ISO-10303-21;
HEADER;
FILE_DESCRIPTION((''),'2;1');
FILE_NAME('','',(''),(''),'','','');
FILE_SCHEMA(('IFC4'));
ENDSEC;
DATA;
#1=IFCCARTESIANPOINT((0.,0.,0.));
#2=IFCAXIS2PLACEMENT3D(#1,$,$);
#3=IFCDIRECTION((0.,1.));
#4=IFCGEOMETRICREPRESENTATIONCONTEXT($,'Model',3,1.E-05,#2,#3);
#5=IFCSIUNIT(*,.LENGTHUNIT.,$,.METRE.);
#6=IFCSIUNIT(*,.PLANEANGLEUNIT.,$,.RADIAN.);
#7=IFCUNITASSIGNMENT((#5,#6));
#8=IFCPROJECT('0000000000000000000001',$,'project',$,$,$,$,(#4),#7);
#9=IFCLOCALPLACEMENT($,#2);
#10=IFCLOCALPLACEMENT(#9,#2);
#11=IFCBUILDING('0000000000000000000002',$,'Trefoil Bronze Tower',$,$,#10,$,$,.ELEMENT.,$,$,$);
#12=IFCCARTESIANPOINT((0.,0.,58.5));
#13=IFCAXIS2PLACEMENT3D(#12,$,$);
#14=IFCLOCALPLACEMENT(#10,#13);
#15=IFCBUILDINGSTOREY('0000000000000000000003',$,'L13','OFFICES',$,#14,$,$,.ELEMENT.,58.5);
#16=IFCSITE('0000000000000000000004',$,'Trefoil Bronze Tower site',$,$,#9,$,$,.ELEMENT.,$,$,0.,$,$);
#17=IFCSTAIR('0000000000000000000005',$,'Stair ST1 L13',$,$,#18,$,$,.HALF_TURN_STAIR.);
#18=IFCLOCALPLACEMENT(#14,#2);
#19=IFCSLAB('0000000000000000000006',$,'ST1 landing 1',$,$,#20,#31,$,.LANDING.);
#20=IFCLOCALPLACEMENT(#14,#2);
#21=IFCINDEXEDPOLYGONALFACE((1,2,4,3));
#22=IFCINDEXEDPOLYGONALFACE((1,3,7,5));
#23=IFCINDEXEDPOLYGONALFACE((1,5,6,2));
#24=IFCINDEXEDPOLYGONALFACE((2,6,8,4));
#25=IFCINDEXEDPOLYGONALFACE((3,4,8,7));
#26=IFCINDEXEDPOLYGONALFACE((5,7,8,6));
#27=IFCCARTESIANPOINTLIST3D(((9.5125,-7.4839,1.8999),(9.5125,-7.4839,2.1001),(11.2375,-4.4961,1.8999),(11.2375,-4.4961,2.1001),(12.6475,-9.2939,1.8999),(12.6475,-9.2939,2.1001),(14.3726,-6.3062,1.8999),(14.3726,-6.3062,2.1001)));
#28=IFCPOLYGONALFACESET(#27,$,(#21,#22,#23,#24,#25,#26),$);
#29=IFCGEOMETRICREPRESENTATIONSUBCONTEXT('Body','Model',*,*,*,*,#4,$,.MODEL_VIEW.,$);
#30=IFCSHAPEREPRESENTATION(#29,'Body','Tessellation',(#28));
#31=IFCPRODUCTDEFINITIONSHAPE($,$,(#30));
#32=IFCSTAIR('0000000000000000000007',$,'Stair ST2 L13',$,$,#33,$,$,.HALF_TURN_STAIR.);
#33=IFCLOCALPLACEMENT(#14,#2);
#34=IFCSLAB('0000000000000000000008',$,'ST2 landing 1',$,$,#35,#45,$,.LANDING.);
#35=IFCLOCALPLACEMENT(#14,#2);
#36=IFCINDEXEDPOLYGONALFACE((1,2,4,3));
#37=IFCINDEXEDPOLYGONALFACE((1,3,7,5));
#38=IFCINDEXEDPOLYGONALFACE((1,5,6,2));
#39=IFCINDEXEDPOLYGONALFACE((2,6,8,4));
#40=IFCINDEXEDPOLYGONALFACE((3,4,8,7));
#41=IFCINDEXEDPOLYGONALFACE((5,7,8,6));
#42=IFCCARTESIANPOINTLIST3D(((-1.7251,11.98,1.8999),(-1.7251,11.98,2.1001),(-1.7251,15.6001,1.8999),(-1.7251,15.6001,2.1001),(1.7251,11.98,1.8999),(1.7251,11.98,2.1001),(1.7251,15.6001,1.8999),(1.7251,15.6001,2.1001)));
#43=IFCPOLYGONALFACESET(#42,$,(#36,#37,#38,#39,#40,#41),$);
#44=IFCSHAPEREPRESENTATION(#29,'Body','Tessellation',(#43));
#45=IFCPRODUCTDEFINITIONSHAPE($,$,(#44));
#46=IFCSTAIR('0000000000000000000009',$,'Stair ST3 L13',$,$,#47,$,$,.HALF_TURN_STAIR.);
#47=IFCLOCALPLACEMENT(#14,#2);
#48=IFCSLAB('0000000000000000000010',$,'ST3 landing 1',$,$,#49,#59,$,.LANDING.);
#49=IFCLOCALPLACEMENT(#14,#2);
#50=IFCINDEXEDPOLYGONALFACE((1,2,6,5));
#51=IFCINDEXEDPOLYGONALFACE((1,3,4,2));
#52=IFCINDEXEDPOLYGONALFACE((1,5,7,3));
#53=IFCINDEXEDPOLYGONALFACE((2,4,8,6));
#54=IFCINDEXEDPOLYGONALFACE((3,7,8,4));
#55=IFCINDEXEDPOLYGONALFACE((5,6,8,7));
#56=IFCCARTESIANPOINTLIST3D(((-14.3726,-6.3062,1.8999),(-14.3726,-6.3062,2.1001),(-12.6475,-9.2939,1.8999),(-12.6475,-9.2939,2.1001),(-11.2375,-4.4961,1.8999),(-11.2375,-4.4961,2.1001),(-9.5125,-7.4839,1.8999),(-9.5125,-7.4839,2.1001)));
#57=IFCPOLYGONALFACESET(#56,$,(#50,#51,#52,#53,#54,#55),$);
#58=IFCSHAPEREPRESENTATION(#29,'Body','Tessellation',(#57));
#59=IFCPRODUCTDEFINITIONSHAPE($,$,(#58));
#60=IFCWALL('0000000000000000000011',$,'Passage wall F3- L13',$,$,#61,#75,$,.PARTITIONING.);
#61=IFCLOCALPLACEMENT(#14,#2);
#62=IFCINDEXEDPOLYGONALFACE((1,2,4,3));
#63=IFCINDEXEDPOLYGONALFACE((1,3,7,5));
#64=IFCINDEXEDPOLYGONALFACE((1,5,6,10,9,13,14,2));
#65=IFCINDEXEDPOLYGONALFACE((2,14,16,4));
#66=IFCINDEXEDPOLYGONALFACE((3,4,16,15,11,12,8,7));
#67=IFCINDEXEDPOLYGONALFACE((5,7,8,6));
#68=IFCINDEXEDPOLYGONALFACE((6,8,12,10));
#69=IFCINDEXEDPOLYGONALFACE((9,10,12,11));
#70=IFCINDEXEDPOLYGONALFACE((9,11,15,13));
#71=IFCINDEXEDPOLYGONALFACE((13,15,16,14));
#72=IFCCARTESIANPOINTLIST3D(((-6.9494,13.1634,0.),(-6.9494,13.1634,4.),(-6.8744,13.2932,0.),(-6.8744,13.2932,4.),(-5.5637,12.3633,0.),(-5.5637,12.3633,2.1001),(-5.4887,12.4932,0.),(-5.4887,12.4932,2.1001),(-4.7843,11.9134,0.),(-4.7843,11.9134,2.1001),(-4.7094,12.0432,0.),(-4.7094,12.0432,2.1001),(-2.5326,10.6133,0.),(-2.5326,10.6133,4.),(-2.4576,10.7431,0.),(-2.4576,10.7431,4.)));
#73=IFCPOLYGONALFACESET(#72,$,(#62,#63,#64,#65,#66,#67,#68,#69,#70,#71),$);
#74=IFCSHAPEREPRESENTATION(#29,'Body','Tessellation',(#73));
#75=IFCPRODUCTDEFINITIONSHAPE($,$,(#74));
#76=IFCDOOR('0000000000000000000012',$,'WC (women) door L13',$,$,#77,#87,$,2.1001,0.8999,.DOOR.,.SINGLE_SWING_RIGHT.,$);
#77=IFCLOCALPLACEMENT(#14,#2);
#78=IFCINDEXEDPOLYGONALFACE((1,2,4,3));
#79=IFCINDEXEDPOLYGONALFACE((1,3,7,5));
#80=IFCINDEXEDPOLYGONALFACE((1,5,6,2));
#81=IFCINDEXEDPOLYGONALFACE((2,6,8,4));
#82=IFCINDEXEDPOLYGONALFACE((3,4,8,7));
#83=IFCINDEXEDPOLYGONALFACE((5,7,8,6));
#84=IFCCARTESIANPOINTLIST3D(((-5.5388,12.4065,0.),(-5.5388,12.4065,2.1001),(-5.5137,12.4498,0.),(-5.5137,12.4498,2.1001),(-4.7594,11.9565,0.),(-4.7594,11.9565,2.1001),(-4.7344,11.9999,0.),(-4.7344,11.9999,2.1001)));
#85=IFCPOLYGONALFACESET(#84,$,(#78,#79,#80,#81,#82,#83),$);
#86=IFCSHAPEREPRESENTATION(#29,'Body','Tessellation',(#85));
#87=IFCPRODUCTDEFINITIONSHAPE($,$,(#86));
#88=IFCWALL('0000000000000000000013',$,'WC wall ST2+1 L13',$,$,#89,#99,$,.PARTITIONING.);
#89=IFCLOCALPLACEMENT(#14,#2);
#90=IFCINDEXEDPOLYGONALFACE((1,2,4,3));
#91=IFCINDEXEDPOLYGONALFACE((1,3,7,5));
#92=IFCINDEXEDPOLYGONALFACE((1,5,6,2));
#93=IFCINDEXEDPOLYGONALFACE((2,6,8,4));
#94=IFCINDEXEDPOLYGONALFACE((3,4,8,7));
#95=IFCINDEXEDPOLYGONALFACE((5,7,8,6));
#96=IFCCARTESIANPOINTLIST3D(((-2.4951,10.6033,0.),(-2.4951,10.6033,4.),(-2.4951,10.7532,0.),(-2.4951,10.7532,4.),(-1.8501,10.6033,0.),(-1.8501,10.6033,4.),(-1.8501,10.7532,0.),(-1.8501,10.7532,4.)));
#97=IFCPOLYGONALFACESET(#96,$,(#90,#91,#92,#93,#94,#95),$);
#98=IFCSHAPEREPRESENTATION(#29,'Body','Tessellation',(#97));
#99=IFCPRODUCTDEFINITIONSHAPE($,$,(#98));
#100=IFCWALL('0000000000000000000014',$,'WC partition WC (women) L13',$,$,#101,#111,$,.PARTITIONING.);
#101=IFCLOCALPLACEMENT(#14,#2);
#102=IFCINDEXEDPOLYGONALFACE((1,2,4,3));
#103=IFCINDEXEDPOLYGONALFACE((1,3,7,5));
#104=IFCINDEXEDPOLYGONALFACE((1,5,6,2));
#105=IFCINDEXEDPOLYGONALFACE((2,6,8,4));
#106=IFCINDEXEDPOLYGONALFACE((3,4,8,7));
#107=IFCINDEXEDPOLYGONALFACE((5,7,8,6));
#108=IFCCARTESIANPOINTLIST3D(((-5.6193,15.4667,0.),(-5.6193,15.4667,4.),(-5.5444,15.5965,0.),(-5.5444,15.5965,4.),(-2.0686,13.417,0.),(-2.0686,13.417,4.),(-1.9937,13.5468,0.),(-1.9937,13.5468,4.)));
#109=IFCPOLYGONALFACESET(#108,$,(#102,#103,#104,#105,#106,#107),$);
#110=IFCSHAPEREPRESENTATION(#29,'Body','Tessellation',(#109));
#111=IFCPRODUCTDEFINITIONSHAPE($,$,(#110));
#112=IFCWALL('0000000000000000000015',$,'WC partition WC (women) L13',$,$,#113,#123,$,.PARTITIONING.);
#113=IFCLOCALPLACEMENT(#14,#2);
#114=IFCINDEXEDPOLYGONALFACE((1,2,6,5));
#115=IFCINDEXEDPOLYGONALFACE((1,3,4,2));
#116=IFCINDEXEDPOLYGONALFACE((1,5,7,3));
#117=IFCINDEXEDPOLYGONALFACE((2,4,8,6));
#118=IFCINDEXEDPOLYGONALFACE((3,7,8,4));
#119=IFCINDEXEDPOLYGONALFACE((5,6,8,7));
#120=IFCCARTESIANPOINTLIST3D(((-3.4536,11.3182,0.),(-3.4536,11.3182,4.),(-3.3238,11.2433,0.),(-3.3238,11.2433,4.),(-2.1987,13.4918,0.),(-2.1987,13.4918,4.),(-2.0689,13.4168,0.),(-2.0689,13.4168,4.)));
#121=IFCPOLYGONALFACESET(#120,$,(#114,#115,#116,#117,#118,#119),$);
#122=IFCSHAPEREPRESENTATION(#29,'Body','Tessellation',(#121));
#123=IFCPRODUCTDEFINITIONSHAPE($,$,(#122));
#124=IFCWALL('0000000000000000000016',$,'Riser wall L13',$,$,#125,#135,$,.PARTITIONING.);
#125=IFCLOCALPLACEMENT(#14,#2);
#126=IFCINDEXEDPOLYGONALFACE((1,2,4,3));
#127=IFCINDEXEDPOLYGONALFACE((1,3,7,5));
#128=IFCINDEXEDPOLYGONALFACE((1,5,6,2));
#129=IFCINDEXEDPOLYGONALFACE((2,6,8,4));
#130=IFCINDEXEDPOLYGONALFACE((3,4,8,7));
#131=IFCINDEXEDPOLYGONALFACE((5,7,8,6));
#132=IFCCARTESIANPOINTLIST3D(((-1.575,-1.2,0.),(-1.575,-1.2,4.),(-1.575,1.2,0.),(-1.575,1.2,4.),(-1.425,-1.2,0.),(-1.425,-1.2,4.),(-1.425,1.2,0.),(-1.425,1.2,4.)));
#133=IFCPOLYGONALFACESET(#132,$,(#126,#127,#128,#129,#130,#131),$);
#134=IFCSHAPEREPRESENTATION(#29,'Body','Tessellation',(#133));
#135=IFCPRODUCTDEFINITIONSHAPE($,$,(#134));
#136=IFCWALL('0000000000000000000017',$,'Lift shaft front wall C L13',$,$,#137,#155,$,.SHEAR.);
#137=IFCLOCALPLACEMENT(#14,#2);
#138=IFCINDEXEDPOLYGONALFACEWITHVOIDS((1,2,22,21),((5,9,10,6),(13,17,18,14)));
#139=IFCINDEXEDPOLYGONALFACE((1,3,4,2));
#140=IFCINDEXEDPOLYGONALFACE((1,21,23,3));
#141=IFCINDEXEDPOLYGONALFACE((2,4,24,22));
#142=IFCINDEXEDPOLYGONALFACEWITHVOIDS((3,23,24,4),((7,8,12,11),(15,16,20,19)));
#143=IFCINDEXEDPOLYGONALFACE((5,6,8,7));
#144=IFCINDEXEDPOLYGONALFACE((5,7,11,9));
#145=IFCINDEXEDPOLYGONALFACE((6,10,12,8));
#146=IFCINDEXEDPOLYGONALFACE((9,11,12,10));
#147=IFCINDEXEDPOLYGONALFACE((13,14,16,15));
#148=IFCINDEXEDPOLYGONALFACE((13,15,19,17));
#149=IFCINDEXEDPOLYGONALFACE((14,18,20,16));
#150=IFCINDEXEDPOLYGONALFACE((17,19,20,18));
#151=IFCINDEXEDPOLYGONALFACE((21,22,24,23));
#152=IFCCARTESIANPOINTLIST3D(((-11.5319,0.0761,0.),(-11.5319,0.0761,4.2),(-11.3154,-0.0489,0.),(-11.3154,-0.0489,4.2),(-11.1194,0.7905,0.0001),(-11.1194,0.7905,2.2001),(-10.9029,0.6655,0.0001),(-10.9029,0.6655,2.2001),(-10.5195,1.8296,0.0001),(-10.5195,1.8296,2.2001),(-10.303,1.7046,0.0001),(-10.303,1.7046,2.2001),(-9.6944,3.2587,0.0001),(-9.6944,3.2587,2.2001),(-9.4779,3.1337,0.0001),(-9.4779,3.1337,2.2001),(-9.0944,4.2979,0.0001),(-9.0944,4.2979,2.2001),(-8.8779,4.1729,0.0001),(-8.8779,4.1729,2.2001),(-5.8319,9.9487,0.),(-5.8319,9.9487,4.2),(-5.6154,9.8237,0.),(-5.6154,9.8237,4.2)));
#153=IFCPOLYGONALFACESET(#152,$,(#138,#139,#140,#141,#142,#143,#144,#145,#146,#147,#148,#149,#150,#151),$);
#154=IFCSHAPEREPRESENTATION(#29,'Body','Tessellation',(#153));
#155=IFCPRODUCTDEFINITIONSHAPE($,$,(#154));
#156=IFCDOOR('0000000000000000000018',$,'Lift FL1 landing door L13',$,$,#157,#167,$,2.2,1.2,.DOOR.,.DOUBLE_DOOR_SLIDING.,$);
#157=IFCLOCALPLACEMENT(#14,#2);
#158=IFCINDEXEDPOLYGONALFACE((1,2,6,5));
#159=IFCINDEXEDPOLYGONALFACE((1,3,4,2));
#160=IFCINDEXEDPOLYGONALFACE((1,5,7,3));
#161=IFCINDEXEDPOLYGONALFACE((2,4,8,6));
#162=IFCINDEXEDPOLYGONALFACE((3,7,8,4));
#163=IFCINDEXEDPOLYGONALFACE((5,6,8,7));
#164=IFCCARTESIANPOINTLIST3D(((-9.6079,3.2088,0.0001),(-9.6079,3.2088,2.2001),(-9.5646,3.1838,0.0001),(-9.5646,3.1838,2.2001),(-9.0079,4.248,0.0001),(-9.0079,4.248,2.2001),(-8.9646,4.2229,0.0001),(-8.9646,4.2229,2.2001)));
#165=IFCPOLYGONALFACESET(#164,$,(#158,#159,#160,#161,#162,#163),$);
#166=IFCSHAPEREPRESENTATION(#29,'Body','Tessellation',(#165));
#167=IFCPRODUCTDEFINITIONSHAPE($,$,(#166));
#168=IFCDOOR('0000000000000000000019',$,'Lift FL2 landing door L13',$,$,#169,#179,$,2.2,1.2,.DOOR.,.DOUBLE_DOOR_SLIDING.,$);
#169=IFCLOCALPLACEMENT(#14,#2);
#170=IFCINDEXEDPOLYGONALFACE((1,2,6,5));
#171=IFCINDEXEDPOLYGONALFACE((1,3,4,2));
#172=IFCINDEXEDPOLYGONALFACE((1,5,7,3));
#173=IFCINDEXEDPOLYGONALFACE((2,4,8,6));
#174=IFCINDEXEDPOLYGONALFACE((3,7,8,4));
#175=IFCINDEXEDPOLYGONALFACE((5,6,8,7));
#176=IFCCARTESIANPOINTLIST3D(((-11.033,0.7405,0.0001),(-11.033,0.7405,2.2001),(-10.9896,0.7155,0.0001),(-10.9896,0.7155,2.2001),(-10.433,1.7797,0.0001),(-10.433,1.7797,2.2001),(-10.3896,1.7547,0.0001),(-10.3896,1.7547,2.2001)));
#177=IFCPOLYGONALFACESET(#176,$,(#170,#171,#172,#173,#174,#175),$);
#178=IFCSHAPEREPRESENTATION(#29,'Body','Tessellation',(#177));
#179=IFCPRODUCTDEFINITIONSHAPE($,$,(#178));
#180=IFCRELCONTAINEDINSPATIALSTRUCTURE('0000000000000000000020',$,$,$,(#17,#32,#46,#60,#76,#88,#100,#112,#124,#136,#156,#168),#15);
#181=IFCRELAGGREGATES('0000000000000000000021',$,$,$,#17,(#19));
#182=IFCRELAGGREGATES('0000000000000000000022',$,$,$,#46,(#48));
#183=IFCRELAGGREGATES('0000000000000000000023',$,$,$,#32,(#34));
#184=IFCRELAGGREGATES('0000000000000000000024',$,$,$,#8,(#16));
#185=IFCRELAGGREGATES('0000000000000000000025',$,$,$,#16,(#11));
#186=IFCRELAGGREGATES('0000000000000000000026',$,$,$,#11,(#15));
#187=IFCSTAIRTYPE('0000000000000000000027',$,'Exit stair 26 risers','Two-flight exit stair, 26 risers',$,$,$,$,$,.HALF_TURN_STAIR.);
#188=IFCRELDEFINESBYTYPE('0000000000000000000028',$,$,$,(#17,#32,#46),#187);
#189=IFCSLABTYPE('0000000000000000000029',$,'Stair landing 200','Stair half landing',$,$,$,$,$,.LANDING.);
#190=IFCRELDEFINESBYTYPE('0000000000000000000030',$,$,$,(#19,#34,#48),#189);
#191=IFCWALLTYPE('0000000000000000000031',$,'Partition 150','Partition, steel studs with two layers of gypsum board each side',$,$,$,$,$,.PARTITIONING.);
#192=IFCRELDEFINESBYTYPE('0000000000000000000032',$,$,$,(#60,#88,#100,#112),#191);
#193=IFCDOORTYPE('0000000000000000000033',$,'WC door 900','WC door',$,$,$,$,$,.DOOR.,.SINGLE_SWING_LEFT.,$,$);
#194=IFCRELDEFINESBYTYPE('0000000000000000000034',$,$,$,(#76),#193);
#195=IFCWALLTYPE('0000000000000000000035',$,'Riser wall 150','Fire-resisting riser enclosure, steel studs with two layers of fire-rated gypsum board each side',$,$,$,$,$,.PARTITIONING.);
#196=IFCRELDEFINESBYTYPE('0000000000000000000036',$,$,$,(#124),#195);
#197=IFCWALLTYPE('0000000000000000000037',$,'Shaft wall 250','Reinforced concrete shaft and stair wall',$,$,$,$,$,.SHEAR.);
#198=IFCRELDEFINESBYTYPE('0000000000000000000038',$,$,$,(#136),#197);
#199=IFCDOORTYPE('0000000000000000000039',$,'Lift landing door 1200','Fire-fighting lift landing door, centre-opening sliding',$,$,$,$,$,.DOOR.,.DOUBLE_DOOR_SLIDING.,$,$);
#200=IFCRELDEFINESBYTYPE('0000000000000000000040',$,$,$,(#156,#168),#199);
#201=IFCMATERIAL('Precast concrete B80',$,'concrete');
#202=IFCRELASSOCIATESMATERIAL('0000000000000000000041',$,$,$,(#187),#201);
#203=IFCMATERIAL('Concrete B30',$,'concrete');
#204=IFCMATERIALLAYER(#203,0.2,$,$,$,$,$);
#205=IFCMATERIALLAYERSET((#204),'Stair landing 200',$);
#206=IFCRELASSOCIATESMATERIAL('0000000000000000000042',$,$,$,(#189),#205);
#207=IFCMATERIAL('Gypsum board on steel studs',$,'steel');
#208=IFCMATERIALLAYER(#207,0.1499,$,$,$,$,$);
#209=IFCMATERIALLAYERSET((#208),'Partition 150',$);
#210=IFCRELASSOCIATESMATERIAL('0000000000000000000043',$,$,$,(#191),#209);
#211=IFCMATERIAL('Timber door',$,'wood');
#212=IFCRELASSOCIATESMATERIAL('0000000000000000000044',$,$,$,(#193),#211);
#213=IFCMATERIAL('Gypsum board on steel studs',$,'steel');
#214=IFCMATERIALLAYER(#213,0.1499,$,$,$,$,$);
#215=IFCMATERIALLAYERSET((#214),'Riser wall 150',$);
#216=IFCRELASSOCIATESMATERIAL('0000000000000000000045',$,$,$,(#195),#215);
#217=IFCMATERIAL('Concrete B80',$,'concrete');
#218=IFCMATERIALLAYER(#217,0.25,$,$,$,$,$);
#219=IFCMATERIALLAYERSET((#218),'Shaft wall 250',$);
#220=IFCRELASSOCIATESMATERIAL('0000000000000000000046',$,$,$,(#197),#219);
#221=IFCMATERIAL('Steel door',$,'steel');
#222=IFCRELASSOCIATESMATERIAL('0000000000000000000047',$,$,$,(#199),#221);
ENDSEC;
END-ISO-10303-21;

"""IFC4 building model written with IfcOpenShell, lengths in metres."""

from ifc_helpers import new_model, si_unit, direction, frame, frame_2d, origin, place, context, subcontext, project, spatial, polyline, rectangle, outline, extrude, material, layer, layer_set, type_object, element, fill, aggregate, save


model = new_model("IFC4")

# Units and contexts
model_context = context("Model", 3, precision=1e-05, world=origin(), true_north=direction((0.0, 1.0)))
body_context = subcontext(model_context, "Body", "Model", "MODEL_VIEW")
ifc_project = project(units=[si_unit("LENGTHUNIT", "METRE"), si_unit("PLANEANGLEUNIT", "RADIAN")], contexts=[model_context])

# Site, building, storey
site_placement = place(None, origin())
site = spatial("IfcSite", under=ifc_project, at=site_placement, Name="Trefoil Bronze Tower site", CompositionType="ELEMENT", RefElevation=0.0)
building_placement = place(site_placement, origin())
building = spatial("IfcBuilding", under=site, at=building_placement, Name="Trefoil Bronze Tower", CompositionType="ELEMENT")
storey_placement = place(building_placement, frame((0.0, 0.0, 58.5)))
storey = spatial("IfcBuildingStorey", under=building, at=storey_placement, Name="L13", Description="OFFICES", CompositionType="ELEMENT", Elevation=58.5)

# Stairs, slabs
ifc_material_1 = material(Name="Precast concrete B80", Category="concrete")
stair_type = type_object("IfcStairType", Name="Exit stair 26 risers", Description="Two-flight exit stair, 26 risers", PredefinedType="HALF_TURN_STAIR", material=ifc_material_1)
stair_1_placement = place(storey_placement, origin())
stair_1 = element("IfcStair", 1, at=stair_1_placement, inside=storey, type_object=stair_type, Name="Stair ST1 L13", PredefinedType="HALF_TURN_STAIR")
ifc_material_2 = material(Name="Concrete B30", Category="concrete")
ifc_layer_1 = layer(ifc_material_2, 0.2)
ifc_layer_set_1 = layer_set([ifc_layer_1], Name="Stair landing 200")
slab_type = type_object("IfcSlabType", Name="Stair landing 200", Description="Stair half landing", PredefinedType="LANDING", material=ifc_layer_set_1)
slab_1_placement = place(storey_placement, frame((0.0, 0.0, 1.8999)))
slab_1 = element("IfcSlab", 2, at=slab_1_placement, type_object=slab_type, Name="ST1 landing 1", PredefinedType="LANDING", context=body_context, shape_type="SweptSolid", body=[
    extrude(outline(polyline([(9.5125, -7.4839), (12.6475, -9.2939), (14.3726, -6.3062), (11.2375, -4.4961), (9.5125, -7.4839)])), origin(), (0.0, 0.0, 1.0), 0.2002),
])
aggregate(stair_1, [slab_1])
stair_2_placement = place(storey_placement, origin())
stair_2 = element("IfcStair", 3, at=stair_2_placement, inside=storey, type_object=stair_type, Name="Stair ST2 L13", PredefinedType="HALF_TURN_STAIR")
slab_2_placement = place(storey_placement, frame((0.0, 0.0, 1.8999)))
slab_2 = element("IfcSlab", 4, at=slab_2_placement, type_object=slab_type, Name="ST2 landing 1", PredefinedType="LANDING", context=body_context, shape_type="SweptSolid", body=[
    extrude(outline(polyline([(1.7251, 11.98), (1.7251, 15.6001), (-1.7251, 15.6001), (-1.7251, 11.98), (1.7251, 11.98)])), origin(), (0.0, 0.0, 1.0), 0.2002),
])
stair_3_placement = place(storey_placement, origin())
stair_3 = element("IfcStair", 5, at=stair_3_placement, inside=storey, type_object=stair_type, Name="Stair ST3 L13", PredefinedType="HALF_TURN_STAIR")
slab_3_placement = place(storey_placement, frame((0.0, 0.0, 1.8999)))
slab_3 = element("IfcSlab", 6, at=slab_3_placement, type_object=slab_type, Name="ST3 landing 1", PredefinedType="LANDING", context=body_context, shape_type="SweptSolid", body=[
    extrude(outline(polyline([(-11.2375, -4.4961), (-14.3726, -6.3062), (-12.6475, -9.2939), (-9.5125, -7.4839), (-11.2375, -4.4961)])), origin(), (0.0, 0.0, 1.0), 0.2002),
])
aggregate(stair_3, [slab_3])

# Wall, opening, door
ifc_material_3 = material(Name="Gypsum board on steel studs", Category="steel")
ifc_layer_2 = layer(ifc_material_3, 0.1499)
ifc_layer_set_2 = layer_set([ifc_layer_2], Name="Partition 150")
wall_type_1 = type_object("IfcWallType", Name="Partition 150", Description="Partition, steel studs with two layers of gypsum board each side", PredefinedType="PARTITIONING", material=ifc_layer_set_2)
wall_1_placement = place(storey_placement, frame((-2.4951, 10.6782, 0.0), z_axis=(0.0, 0.0, 1.0), x_axis=(-0.866022, 0.500006, 0.0)))
wall_1 = element("IfcWall", 7, at=wall_1_placement, inside=storey, type_object=wall_type_1, Name="Passage wall F3- L13", PredefinedType="PARTITIONING", context=body_context, shape_type="SweptSolid", body=[
    extrude(rectangle(XDim=5.1001, YDim=0.1499, at=frame_2d((2.55, 0.0))), origin(), (0.0, 0.0, 1.0), 4.0),
])
opening_1_placement = place(wall_1_placement, frame((2.6001, 0.0, 0.0)))
opening_1 = element("IfcOpeningElement", 8, at=opening_1_placement, cuts=wall_1, PredefinedType="OPENING", context=body_context, shape_type="SweptSolid", body=[
    extrude(rectangle(XDim=0.8999, YDim=2.1001, at=frame_2d((0.45, 1.05))), frame((0.0, 0.085, 0.0), z_axis=(0.0, -1.0, 0.0), x_axis=(1.0, 0.0, 0.0)), (0.0, 0.0, 1.0), 0.1699),
])
ifc_material_4 = material(Name="Timber door", Category="wood")
door_type_1 = type_object("IfcDoorType", Name="WC door 900", Description="WC door", OperationType="SINGLE_SWING_LEFT", PredefinedType="DOOR", material=ifc_material_4)
door_1_placement = place(opening_1_placement, frame((0.8999, 0.0, 0.0), z_axis=(0.0, 0.0, 1.0), x_axis=(-1.0, 0.0, 0.0)))
door_1 = element("IfcDoor", 9, at=door_1_placement, inside=storey, type_object=door_type_1, Name="WC (women) door L13", OperationType="SINGLE_SWING_RIGHT", OverallHeight=2.1001, OverallWidth=0.8999, PredefinedType="DOOR", context=body_context, shape_type="SweptSolid", body=[
    extrude(rectangle(XDim=0.8999, YDim=2.1001, at=frame_2d((0.45, 1.05))), frame((0.0, 0.0249, 0.0), z_axis=(0.0, -1.0, 0.0), x_axis=(1.0, 0.0, 0.0)), (0.0, 0.0, 1.0), 0.05),
])
fill(opening_1, door_1)

# Walls
wall_2_placement = place(storey_placement, frame((-2.4951, 10.6782, 0.0), z_axis=(0.0, 0.0, 1.0), x_axis=(1.0, 0.0, 0.0)))
element("IfcWall", 10, at=wall_2_placement, inside=storey, type_object=wall_type_1, Name="WC wall ST2+1 L13", PredefinedType="PARTITIONING", context=body_context, shape_type="SweptSolid", body=[
    extrude(rectangle(XDim=0.645, YDim=0.1499, at=frame_2d((0.3225, 0.0))), origin(), (0.0, 0.0, 1.0), 4.0),
])
wall_3_placement = place(storey_placement, frame((-2.0312, 13.4819, 0.0), z_axis=(0.0, 0.0, 1.0), x_axis=(-0.866051, 0.499956, 0.0)))
element("IfcWall", 11, at=wall_3_placement, inside=storey, type_object=wall_type_1, Name="WC partition WC (women) L13", PredefinedType="PARTITIONING", context=body_context, shape_type="SweptSolid", body=[
    extrude(rectangle(XDim=4.0999, YDim=0.1499, at=frame_2d((2.0498, 0.0))), origin(), (0.0, 0.0, 1.0), 4.0),
])
wall_4_placement = place(storey_placement, frame((-3.3887, 11.2808, 0.0), z_axis=(0.0, 0.0, 1.0), x_axis=(0.499989, 0.866032, 0.0)))
element("IfcWall", 12, at=wall_4_placement, inside=storey, type_object=wall_type_1, Name="WC partition WC (women) L13", PredefinedType="PARTITIONING", context=body_context, shape_type="SweptSolid", body=[
    extrude(rectangle(XDim=2.5098, YDim=0.1499, at=frame_2d((1.2549, 0.0))), origin(), (0.0, 0.0, 1.0), 4.0),
])
ifc_material_5 = material(Name="Gypsum board on steel studs", Category="steel")
ifc_layer_3 = layer(ifc_material_5, 0.1499)
ifc_layer_set_3 = layer_set([ifc_layer_3], Name="Riser wall 150")
wall_type_2 = type_object("IfcWallType", Name="Riser wall 150", Description="Fire-resisting riser enclosure, steel studs with two layers of fire-rated gypsum board each side", PredefinedType="PARTITIONING", material=ifc_layer_set_3)
wall_5_placement = place(storey_placement, frame((-1.5, 1.2, 0.0), z_axis=(0.0, 0.0, 1.0), x_axis=(0.0, -1.0, 0.0)))
element("IfcWall", 13, at=wall_5_placement, inside=storey, type_object=wall_type_2, Name="Riser wall L13", PredefinedType="PARTITIONING", context=body_context, shape_type="SweptSolid", body=[
    extrude(rectangle(XDim=2.3999, YDim=0.1499, at=frame_2d((1.2, 0.0))), origin(), (0.0, 0.0, 1.0), 4.0),
])

# Wall, openings, doors
ifc_material_6 = material(Name="Concrete B80", Category="concrete")
ifc_layer_4 = layer(ifc_material_6, 0.25)
ifc_layer_set_4 = layer_set([ifc_layer_4], Name="Shaft wall 250")
wall_type_3 = type_object("IfcWallType", Name="Shaft wall 250", Description="Reinforced concrete shaft and stair wall", PredefinedType="SHEAR", material=ifc_layer_set_4)
wall_6_placement = place(storey_placement, frame((-5.7236, 9.8862, 0.0), z_axis=(0.0, 0.0, 1.0), x_axis=(-0.500002, -0.866024, 0.0)))
wall_6 = element("IfcWall", 14, at=wall_6_placement, inside=storey, type_object=wall_type_3, Name="Lift shaft front wall C L13", PredefinedType="SHEAR", context=body_context, shape_type="SweptSolid", body=[
    extrude(rectangle(XDim=11.3999, YDim=0.25, at=frame_2d((5.7, 0.0))), origin(), (0.0, 0.0, 1.0), 4.2),
])
opening_2_placement = place(wall_6_placement, frame((6.5249, 0.0, 0.0)))
opening_2 = element("IfcOpeningElement", 15, at=opening_2_placement, cuts=wall_6, PredefinedType="OPENING", context=body_context, shape_type="SweptSolid", body=[
    extrude(rectangle(XDim=1.2, YDim=2.2, at=frame_2d((0.6001, 1.1001))), frame((0.0, 0.135, 0.0), z_axis=(0.0, -1.0, 0.0), x_axis=(1.0, 0.0, 0.0)), (0.0, 0.0, 1.0), 0.27),
])
opening_3_placement = place(wall_6_placement, frame((9.375, 0.0, 0.0)))
opening_3 = element("IfcOpeningElement", 16, at=opening_3_placement, cuts=wall_6, PredefinedType="OPENING", context=body_context, shape_type="SweptSolid", body=[
    extrude(rectangle(XDim=1.2, YDim=2.2, at=frame_2d((0.6001, 1.1001))), frame((0.0, 0.135, 0.0), z_axis=(0.0, -1.0, 0.0), x_axis=(1.0, 0.0, 0.0)), (0.0, 0.0, 1.0), 0.27),
])
ifc_material_7 = material(Name="Steel door", Category="steel")
door_type_2 = type_object("IfcDoorType", Name="Lift landing door 1200", Description="Fire-fighting lift landing door, centre-opening sliding", OperationType="DOUBLE_DOOR_SLIDING", PredefinedType="DOOR", material=ifc_material_7)
door_2_placement = place(opening_2_placement, origin())
door_2 = element("IfcDoor", 17, at=door_2_placement, inside=storey, type_object=door_type_2, Name="Lift FL1 landing door L13", OperationType="DOUBLE_DOOR_SLIDING", OverallHeight=2.2, OverallWidth=1.2, PredefinedType="DOOR", context=body_context, shape_type="SweptSolid", body=[
    extrude(rectangle(XDim=1.2, YDim=2.2, at=frame_2d((0.6001, 1.1001))), frame((0.0, 0.0249, 0.0), z_axis=(0.0, -1.0, 0.0), x_axis=(1.0, 0.0, 0.0)), (0.0, 0.0, 1.0), 0.05),
])
fill(opening_2, door_2)
door_3_placement = place(opening_3_placement, origin())
door_3 = element("IfcDoor", 18, at=door_3_placement, inside=storey, type_object=door_type_2, Name="Lift FL2 landing door L13", OperationType="DOUBLE_DOOR_SLIDING", OverallHeight=2.2, OverallWidth=1.2, PredefinedType="DOOR", context=body_context, shape_type="SweptSolid", body=[
    extrude(rectangle(XDim=1.2, YDim=2.2, at=frame_2d((0.6001, 1.1001))), frame((0.0, 0.0249, 0.0), z_axis=(0.0, -1.0, 0.0), x_axis=(1.0, 0.0, 0.0)), (0.0, 0.0, 1.0), 0.05),
])
fill(opening_3, door_3)

aggregate(stair_2, [slab_2])

save(model, "model.ifc")
